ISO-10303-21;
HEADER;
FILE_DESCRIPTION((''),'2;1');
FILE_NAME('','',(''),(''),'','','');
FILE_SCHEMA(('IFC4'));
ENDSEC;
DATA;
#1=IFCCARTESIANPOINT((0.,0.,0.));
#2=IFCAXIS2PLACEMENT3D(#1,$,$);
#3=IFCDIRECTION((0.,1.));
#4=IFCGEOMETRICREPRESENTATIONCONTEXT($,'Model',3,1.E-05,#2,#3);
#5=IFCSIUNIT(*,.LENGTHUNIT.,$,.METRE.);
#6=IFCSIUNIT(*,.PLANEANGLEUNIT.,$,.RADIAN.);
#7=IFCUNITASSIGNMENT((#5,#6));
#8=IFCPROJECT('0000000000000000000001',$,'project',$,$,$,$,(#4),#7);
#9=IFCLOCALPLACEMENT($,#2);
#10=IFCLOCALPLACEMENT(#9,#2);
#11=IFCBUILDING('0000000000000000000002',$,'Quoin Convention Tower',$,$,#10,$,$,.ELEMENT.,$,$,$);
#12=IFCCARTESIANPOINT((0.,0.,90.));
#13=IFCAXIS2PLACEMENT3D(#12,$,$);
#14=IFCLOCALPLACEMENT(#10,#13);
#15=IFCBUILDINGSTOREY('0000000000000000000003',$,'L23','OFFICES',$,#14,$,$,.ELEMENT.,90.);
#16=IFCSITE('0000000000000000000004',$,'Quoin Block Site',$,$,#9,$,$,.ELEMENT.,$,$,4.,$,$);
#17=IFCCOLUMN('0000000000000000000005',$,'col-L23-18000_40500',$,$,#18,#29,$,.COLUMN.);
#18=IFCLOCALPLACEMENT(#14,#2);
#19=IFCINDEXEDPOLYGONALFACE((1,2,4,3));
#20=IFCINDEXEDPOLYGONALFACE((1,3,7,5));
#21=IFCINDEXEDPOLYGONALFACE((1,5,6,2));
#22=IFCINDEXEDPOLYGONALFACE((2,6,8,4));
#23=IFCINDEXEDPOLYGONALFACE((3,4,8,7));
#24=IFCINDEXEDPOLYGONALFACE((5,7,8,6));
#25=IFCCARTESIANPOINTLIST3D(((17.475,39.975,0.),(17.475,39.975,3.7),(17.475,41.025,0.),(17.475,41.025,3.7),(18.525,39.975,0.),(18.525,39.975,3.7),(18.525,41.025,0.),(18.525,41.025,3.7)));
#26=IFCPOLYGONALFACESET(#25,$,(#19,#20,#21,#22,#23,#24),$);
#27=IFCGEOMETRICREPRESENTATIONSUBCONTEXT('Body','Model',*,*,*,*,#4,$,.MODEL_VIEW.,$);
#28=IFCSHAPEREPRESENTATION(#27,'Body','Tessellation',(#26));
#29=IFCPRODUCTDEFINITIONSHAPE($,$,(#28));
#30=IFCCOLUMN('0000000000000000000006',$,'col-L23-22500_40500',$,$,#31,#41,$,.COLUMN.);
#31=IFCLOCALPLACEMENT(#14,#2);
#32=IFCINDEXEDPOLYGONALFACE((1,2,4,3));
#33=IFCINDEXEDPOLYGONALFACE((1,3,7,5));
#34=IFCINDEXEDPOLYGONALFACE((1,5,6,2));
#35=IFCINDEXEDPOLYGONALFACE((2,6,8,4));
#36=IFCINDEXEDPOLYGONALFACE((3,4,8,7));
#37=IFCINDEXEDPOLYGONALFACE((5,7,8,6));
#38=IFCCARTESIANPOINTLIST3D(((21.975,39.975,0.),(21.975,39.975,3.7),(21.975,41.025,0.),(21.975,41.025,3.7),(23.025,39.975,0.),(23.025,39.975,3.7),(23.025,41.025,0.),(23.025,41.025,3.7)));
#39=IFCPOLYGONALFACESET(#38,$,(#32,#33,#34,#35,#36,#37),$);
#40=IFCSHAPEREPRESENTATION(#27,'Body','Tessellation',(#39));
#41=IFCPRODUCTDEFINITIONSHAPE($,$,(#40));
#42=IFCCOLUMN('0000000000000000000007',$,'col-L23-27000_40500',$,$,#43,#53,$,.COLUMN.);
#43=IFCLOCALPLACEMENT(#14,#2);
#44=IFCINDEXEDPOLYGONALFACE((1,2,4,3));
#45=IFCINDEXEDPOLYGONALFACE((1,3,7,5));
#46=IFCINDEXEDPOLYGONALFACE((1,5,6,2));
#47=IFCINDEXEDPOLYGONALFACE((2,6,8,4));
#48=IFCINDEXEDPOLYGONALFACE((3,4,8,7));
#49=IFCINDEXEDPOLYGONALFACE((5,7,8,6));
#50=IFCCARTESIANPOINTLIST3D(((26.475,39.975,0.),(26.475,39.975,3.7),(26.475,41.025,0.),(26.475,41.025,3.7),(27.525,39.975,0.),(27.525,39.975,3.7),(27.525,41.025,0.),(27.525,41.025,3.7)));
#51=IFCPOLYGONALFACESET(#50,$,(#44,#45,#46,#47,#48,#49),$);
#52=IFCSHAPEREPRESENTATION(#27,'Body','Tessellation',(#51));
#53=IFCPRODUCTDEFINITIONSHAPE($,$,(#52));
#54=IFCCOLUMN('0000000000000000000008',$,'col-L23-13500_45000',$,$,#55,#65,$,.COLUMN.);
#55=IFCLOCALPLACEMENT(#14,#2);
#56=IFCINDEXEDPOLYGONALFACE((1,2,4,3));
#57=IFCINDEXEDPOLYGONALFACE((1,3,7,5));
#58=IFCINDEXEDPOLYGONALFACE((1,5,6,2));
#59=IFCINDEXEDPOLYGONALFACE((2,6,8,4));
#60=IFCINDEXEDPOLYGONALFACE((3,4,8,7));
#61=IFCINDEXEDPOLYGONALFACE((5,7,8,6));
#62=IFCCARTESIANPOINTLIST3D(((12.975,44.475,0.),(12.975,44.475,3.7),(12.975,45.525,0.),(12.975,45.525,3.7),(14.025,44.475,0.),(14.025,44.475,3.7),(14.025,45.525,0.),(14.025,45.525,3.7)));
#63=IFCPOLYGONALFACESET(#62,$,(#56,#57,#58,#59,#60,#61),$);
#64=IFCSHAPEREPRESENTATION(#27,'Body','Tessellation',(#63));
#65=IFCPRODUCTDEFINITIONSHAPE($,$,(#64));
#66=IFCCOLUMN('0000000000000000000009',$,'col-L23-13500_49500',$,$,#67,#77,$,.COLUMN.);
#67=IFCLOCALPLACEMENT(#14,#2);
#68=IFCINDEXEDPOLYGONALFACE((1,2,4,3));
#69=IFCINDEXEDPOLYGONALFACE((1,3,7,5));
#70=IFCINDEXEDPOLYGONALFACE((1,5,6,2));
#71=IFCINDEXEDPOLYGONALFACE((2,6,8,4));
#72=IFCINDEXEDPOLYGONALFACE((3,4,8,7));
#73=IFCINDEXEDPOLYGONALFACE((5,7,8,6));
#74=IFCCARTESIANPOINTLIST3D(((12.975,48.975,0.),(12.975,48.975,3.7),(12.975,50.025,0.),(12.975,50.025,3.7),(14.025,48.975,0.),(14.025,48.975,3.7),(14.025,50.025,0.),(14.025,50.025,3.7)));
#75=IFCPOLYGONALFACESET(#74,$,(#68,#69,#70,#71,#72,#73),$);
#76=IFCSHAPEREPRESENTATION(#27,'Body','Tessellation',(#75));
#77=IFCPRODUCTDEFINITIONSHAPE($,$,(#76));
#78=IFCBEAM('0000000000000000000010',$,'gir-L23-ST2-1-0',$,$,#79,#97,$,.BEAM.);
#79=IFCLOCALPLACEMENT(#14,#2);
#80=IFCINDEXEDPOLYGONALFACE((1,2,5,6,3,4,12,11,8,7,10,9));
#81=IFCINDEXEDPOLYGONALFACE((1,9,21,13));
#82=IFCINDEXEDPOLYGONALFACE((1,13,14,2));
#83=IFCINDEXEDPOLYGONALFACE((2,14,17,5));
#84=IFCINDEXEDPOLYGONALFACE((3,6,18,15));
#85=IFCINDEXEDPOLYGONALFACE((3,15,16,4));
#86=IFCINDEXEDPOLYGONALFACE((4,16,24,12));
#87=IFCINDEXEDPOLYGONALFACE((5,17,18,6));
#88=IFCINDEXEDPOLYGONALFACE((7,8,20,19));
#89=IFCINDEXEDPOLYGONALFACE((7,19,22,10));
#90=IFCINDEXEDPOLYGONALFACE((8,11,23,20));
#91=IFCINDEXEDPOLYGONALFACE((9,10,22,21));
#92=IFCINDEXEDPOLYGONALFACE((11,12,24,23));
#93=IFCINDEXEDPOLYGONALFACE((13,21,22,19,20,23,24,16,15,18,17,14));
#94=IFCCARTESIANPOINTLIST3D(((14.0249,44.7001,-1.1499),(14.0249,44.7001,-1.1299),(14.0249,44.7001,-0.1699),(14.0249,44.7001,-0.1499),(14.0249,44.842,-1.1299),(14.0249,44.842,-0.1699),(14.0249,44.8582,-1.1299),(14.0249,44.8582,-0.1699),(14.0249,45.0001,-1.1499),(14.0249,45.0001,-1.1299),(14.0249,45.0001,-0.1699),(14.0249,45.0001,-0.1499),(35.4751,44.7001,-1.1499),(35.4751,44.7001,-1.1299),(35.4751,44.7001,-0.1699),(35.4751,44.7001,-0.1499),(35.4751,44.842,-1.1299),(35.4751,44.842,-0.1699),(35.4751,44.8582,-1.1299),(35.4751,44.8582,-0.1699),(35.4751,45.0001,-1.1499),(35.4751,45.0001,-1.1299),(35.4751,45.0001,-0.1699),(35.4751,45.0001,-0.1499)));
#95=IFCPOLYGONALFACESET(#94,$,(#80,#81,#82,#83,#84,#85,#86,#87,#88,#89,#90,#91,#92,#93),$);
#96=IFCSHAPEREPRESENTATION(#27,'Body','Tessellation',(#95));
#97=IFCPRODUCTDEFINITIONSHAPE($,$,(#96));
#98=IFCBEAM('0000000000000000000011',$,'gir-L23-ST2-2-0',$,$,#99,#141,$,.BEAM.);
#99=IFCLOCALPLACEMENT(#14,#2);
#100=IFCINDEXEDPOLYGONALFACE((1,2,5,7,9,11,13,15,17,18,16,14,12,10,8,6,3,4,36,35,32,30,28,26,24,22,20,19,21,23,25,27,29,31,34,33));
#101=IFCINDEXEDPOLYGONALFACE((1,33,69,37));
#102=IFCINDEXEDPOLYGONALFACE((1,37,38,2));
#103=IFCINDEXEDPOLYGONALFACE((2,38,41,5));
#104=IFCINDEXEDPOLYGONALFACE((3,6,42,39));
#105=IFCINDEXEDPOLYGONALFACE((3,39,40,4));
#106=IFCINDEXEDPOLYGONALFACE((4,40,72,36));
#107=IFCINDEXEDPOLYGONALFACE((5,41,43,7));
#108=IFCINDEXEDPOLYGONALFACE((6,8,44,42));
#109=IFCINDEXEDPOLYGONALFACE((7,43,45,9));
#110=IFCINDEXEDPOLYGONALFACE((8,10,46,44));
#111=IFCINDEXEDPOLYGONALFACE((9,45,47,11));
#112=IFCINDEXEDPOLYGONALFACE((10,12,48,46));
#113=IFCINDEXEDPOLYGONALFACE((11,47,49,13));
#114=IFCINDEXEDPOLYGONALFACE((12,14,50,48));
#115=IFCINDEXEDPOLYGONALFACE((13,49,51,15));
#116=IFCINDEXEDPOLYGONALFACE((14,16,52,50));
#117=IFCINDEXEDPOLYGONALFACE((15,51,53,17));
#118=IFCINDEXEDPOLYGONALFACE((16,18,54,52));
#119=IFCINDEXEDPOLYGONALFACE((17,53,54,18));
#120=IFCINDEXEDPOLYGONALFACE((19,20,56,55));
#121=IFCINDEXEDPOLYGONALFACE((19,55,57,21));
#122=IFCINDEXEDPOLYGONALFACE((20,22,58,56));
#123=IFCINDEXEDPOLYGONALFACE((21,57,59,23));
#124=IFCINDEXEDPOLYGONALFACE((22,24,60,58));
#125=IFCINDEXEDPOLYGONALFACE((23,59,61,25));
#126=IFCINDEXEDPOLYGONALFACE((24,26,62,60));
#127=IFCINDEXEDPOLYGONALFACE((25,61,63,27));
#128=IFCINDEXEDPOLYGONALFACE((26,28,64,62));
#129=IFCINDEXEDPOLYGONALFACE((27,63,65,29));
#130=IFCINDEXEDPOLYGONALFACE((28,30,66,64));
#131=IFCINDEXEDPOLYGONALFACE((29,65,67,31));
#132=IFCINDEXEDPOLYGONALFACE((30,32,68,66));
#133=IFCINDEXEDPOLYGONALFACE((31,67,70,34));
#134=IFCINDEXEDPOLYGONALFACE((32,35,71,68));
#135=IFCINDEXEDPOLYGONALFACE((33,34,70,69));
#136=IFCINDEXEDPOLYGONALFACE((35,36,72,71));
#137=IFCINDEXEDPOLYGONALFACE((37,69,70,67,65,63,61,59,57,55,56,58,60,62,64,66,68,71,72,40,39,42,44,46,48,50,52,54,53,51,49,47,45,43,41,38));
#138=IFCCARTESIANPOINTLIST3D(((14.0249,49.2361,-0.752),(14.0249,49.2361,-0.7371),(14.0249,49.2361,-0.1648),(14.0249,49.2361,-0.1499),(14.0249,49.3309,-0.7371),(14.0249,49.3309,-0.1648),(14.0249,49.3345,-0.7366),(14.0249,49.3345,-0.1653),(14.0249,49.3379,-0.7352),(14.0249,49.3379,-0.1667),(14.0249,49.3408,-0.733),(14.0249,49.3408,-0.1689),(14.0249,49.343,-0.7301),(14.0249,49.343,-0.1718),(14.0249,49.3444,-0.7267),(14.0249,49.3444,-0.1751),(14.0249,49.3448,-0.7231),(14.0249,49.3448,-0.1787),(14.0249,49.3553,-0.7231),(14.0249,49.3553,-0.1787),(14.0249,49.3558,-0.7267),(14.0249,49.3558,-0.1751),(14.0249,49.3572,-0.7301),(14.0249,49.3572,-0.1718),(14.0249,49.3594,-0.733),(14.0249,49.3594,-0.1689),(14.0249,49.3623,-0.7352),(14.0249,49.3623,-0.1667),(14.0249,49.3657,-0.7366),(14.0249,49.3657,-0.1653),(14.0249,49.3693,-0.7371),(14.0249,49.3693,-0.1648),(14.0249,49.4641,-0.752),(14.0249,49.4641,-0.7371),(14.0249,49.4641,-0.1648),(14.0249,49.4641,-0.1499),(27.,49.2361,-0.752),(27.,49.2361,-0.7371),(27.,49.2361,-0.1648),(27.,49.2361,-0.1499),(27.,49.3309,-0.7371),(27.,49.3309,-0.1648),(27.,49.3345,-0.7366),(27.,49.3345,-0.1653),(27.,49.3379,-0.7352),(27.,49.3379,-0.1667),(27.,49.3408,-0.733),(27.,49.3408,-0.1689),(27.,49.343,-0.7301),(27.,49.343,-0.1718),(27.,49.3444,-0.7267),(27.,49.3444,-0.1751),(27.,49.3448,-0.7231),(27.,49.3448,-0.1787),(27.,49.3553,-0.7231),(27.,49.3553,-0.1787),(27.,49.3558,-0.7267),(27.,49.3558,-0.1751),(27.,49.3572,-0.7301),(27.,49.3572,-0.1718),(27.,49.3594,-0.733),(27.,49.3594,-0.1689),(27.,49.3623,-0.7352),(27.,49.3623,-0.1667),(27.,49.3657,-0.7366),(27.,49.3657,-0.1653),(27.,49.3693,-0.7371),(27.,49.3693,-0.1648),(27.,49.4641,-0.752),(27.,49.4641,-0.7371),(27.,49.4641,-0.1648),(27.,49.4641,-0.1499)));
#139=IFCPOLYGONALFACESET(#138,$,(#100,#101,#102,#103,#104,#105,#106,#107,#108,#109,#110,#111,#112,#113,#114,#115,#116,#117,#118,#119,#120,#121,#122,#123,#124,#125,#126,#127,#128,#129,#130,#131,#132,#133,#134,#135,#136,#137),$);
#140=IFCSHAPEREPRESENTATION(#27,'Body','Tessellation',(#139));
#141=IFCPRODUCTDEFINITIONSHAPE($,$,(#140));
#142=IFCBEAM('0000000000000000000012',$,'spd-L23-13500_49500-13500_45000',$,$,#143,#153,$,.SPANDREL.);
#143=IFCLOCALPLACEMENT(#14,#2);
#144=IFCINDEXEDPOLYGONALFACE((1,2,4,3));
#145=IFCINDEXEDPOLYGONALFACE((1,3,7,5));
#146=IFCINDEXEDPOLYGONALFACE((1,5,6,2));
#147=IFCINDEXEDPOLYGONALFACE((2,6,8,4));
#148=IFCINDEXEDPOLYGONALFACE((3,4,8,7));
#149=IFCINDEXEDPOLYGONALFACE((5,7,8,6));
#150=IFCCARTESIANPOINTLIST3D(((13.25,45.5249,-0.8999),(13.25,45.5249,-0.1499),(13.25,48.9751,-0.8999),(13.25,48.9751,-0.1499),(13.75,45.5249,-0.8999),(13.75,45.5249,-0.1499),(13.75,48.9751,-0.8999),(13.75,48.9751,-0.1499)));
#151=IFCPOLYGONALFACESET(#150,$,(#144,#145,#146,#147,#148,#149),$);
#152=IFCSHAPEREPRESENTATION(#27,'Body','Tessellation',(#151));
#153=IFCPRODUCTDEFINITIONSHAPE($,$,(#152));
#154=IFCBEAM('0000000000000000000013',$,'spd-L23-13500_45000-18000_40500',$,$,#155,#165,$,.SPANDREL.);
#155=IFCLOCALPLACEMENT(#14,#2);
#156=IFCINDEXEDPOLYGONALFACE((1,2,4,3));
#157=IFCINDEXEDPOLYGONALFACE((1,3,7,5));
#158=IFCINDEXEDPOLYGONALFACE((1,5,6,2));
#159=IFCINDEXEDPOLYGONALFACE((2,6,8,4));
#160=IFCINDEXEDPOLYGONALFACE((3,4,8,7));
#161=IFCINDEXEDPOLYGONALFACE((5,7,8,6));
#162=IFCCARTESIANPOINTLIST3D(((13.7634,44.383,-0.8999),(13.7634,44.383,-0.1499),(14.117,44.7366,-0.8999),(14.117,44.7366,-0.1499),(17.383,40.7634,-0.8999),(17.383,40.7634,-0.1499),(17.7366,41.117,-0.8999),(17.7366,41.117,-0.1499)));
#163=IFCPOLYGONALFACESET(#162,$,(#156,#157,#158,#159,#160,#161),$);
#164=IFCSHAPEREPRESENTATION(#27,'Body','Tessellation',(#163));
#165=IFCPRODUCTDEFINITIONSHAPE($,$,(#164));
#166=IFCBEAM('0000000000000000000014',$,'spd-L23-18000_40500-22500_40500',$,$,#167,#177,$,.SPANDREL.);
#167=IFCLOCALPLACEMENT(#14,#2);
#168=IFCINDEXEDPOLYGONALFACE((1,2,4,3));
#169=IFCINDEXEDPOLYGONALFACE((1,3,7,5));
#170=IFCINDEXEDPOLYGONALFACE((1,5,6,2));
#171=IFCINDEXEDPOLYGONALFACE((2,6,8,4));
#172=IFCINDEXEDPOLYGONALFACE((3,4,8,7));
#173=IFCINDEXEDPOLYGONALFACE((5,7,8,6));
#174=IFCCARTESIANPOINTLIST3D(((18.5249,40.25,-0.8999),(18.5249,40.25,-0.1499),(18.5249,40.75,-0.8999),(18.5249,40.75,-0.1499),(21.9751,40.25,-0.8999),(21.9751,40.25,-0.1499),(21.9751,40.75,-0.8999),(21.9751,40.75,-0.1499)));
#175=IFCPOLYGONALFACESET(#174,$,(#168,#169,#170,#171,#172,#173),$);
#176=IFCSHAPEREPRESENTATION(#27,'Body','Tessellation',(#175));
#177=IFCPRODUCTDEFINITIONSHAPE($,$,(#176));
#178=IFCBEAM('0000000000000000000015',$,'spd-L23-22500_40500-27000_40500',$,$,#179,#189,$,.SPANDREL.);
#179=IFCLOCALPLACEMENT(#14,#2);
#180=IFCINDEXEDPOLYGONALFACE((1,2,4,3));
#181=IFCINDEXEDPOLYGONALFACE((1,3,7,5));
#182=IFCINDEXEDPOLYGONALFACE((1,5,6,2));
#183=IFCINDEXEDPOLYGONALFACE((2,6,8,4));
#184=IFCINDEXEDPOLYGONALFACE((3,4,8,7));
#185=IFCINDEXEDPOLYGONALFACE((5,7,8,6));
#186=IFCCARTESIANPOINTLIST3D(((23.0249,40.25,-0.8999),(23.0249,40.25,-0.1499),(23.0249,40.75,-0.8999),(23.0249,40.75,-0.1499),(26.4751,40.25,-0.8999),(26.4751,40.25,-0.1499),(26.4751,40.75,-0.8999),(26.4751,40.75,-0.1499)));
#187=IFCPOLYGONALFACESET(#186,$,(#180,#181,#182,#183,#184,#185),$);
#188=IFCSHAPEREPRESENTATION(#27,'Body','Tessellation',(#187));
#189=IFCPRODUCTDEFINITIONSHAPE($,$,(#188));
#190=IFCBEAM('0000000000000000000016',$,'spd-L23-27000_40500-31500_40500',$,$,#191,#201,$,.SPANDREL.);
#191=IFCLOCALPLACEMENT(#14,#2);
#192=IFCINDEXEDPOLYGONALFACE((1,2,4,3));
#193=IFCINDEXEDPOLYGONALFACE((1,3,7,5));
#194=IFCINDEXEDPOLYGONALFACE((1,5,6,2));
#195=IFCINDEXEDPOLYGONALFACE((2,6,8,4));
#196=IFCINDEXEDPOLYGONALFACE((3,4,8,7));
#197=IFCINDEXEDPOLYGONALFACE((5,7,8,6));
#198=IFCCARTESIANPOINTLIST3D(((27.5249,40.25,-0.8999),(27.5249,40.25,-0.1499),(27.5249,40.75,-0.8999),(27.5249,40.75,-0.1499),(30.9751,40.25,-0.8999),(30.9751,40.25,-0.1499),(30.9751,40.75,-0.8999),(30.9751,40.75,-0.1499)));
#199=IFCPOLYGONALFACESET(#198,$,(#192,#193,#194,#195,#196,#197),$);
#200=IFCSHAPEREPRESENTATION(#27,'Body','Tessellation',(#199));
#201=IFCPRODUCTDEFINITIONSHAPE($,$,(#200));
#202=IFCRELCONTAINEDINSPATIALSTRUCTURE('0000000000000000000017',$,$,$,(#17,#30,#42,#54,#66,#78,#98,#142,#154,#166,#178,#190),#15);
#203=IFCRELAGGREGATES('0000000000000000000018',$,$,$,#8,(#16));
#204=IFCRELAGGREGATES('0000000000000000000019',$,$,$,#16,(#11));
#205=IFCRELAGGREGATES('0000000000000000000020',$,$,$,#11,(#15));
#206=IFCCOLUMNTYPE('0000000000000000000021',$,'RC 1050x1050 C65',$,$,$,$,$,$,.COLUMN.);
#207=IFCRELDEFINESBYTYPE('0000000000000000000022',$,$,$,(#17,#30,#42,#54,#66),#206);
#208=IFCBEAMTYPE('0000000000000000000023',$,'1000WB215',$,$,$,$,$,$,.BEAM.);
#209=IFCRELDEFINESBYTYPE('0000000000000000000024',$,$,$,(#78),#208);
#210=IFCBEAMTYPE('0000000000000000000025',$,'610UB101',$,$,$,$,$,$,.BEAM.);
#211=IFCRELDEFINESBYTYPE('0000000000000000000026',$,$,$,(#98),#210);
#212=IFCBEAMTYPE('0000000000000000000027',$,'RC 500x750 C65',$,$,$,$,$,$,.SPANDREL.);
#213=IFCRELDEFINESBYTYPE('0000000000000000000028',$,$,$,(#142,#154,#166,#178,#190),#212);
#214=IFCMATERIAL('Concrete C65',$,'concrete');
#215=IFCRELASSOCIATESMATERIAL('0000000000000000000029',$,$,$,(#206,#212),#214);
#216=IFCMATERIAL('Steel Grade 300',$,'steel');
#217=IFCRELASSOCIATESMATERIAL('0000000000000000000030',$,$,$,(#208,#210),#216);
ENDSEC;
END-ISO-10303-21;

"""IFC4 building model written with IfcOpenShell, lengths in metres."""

from ifc_helpers import new_model, si_unit, direction, frame, origin, origin_2d, place, context, subcontext, project, spatial, rectangle, i_section, extrude, material, material_profile, profile_set, type_object, element, save


model = new_model("IFC4")

# Units and contexts
model_context = context("Model", 3, precision=1e-05, world=origin(), true_north=direction((0.0, 1.0)))
body_context = subcontext(model_context, "Body", "Model", "MODEL_VIEW")
ifc_project = project(units=[si_unit("LENGTHUNIT", "METRE"), si_unit("PLANEANGLEUNIT", "RADIAN")], contexts=[model_context])

# Site, building, storey
site_placement = place(None, origin())
site = spatial("IfcSite", under=ifc_project, at=site_placement, Name="Quoin Block Site", CompositionType="ELEMENT", RefElevation=4.0)
building_placement = place(site_placement, origin())
building = spatial("IfcBuilding", under=site, at=building_placement, Name="Quoin Convention Tower", CompositionType="ELEMENT")
storey_placement = place(building_placement, frame((0.0, 0.0, 90.0)))
storey = spatial("IfcBuildingStorey", under=building, at=storey_placement, Name="L23", Description="OFFICES", CompositionType="ELEMENT", Elevation=90.0)

# Columns
ifc_material_1 = material(Name="Concrete C65", Category="concrete")
ifc_material_profile_1 = material_profile(ifc_material_1, rectangle(XDim=1.05, YDim=1.05, at=origin_2d()), Name="RC 1050x1050")
ifc_profile_set_1 = profile_set([ifc_material_profile_1], Name="Concrete C65")
column_type = type_object("IfcColumnType", Name="RC 1050x1050 C65", PredefinedType="COLUMN", material=ifc_profile_set_1)
for number, where, z_axis, x_axis, name in (
    (1, (18.0, 40.5, 0.0), (0.0, 0.0, 1.0), (1.0, 0.0, 0.0), "col-L23-18000_40500"),
    (2, (22.5, 40.5, 0.0), (0.0, 0.0, 1.0), (1.0, 0.0, 0.0), "col-L23-22500_40500"),
    (3, (27.0, 40.5, 0.0), (0.0, 0.0, 1.0), (1.0, 0.0, 0.0), "col-L23-27000_40500"),
    (4, (13.5, 45.0, 0.0), (0.0, 0.0, 1.0), (1.0, 0.0, 0.0), "col-L23-13500_45000"),
    (5, (13.5, 49.5, 0.0), (0.0, 0.0, 1.0), (1.0, 0.0, 0.0), "col-L23-13500_49500"),
):
    element("IfcColumn", number, at=place(storey_placement, frame(where, z_axis=z_axis, x_axis=x_axis)), inside=storey, type_object=column_type, Name=name, PredefinedType="COLUMN", context=body_context, shape_type="SweptSolid", body=[
        extrude(rectangle(XDim=1.05, YDim=1.05, at=origin_2d()), origin(), (0.0, 0.0, 1.0), 3.7),
    ])

# Beams
ifc_material_2 = material(Name="Steel Grade 300", Category="steel")
ifc_material_profile_2 = material_profile(ifc_material_2, i_section(OverallWidth=0.3, OverallDepth=1.0, WebThickness=0.0161, FlangeThickness=0.02, at=origin_2d()), Name="1000WB215")
ifc_profile_set_2 = profile_set([ifc_material_profile_2], Name="Steel Grade 300")
beam_type_1 = type_object("IfcBeamType", Name="1000WB215", PredefinedType="BEAM", material=ifc_profile_set_2)
beam_1_placement = place(storey_placement, frame((14.0249, 44.8501, -0.6499), z_axis=(1.0, 0.0, 0.0), x_axis=(0.0, 1.0, 0.0)))
element("IfcBeam", 6, at=beam_1_placement, inside=storey, type_object=beam_type_1, Name="gir-L23-ST2-1-0", PredefinedType="BEAM", context=body_context, shape_type="SweptSolid", body=[
    extrude(i_section(OverallWidth=0.3, OverallDepth=1.0, WebThickness=0.0161, FlangeThickness=0.02, at=origin_2d()), origin(), (0.0, 0.0, 1.0), 21.4502),
])
ifc_material_profile_3 = material_profile(ifc_material_2, i_section(OverallWidth=0.228, OverallDepth=0.6021, WebThickness=0.0105, FlangeThickness=0.0149, FilletRadius=0.0139, at=origin_2d()), Name="610UB101")
ifc_profile_set_3 = profile_set([ifc_material_profile_3], Name="Steel Grade 300")
beam_type_2 = type_object("IfcBeamType", Name="610UB101", PredefinedType="BEAM", material=ifc_profile_set_3)
beam_2_placement = place(storey_placement, frame((14.0249, 49.3501, -0.4509), z_axis=(1.0, 0.0, 0.0), x_axis=(0.0, 1.0, 0.0)))
element("IfcBeam", 7, at=beam_2_placement, inside=storey, type_object=beam_type_2, Name="gir-L23-ST2-2-0", PredefinedType="BEAM", context=body_context, shape_type="SweptSolid", body=[
    extrude(i_section(OverallWidth=0.228, OverallDepth=0.6021, WebThickness=0.0105, FlangeThickness=0.0149, FilletRadius=0.0139, at=origin_2d()), origin(), (0.0, 0.0, 1.0), 12.9751),
])
ifc_material_profile_4 = material_profile(ifc_material_1, rectangle(XDim=0.5, YDim=0.75, at=origin_2d()), Name="RC 500x750")
ifc_profile_set_4 = profile_set([ifc_material_profile_4], Name="Concrete C65")
beam_type_3 = type_object("IfcBeamType", Name="RC 500x750 C65", PredefinedType="SPANDREL", material=ifc_profile_set_4)
beam_3_placement = place(storey_placement, frame((13.5, 48.9751, -0.5249), z_axis=(0.0, -1.0, 0.0), x_axis=(1.0, 0.0, 0.0)))
element("IfcBeam", 8, at=beam_3_placement, inside=storey, type_object=beam_type_3, Name="spd-L23-13500_49500-13500_45000", PredefinedType="SPANDREL", context=body_context, shape_type="SweptSolid", body=[
    extrude(rectangle(XDim=0.5, YDim=0.75, at=origin_2d()), origin(), (0.0, 0.0, 1.0), 3.4502),
])
beam_4_placement = place(storey_placement, frame((13.9402, 44.5598, -0.5249), z_axis=(0.707107, -0.707107, 0.0), x_axis=(0.707107, 0.707107, 0.0)))
element("IfcBeam", 9, at=beam_4_placement, inside=storey, type_object=beam_type_3, Name="spd-L23-13500_45000-18000_40500", PredefinedType="SPANDREL", context=body_context, shape_type="SweptSolid", body=[
    extrude(rectangle(XDim=0.5, YDim=0.75, at=origin_2d()), origin(), (0.0, 0.0, 1.0), 5.1189),
])
for number, where, z_axis, x_axis, name in (
    (10, (18.5249, 40.5, -0.5249), (1.0, 0.0, 0.0), (0.0, 1.0, 0.0), "spd-L23-18000_40500-22500_40500"),
    (11, (23.0249, 40.5, -0.5249), (1.0, 0.0, 0.0), (0.0, 1.0, 0.0), "spd-L23-22500_40500-27000_40500"),
    (12, (27.5249, 40.5, -0.5249), (1.0, 0.0, 0.0), (0.0, 1.0, 0.0), "spd-L23-27000_40500-31500_40500"),
):
    element("IfcBeam", number, at=place(storey_placement, frame(where, z_axis=z_axis, x_axis=x_axis)), inside=storey, type_object=beam_type_3, Name=name, PredefinedType="SPANDREL", context=body_context, shape_type="SweptSolid", body=[
        extrude(rectangle(XDim=0.5, YDim=0.75, at=origin_2d()), origin(), (0.0, 0.0, 1.0), 3.4502),
    ])

save(model, "model.ifc")
